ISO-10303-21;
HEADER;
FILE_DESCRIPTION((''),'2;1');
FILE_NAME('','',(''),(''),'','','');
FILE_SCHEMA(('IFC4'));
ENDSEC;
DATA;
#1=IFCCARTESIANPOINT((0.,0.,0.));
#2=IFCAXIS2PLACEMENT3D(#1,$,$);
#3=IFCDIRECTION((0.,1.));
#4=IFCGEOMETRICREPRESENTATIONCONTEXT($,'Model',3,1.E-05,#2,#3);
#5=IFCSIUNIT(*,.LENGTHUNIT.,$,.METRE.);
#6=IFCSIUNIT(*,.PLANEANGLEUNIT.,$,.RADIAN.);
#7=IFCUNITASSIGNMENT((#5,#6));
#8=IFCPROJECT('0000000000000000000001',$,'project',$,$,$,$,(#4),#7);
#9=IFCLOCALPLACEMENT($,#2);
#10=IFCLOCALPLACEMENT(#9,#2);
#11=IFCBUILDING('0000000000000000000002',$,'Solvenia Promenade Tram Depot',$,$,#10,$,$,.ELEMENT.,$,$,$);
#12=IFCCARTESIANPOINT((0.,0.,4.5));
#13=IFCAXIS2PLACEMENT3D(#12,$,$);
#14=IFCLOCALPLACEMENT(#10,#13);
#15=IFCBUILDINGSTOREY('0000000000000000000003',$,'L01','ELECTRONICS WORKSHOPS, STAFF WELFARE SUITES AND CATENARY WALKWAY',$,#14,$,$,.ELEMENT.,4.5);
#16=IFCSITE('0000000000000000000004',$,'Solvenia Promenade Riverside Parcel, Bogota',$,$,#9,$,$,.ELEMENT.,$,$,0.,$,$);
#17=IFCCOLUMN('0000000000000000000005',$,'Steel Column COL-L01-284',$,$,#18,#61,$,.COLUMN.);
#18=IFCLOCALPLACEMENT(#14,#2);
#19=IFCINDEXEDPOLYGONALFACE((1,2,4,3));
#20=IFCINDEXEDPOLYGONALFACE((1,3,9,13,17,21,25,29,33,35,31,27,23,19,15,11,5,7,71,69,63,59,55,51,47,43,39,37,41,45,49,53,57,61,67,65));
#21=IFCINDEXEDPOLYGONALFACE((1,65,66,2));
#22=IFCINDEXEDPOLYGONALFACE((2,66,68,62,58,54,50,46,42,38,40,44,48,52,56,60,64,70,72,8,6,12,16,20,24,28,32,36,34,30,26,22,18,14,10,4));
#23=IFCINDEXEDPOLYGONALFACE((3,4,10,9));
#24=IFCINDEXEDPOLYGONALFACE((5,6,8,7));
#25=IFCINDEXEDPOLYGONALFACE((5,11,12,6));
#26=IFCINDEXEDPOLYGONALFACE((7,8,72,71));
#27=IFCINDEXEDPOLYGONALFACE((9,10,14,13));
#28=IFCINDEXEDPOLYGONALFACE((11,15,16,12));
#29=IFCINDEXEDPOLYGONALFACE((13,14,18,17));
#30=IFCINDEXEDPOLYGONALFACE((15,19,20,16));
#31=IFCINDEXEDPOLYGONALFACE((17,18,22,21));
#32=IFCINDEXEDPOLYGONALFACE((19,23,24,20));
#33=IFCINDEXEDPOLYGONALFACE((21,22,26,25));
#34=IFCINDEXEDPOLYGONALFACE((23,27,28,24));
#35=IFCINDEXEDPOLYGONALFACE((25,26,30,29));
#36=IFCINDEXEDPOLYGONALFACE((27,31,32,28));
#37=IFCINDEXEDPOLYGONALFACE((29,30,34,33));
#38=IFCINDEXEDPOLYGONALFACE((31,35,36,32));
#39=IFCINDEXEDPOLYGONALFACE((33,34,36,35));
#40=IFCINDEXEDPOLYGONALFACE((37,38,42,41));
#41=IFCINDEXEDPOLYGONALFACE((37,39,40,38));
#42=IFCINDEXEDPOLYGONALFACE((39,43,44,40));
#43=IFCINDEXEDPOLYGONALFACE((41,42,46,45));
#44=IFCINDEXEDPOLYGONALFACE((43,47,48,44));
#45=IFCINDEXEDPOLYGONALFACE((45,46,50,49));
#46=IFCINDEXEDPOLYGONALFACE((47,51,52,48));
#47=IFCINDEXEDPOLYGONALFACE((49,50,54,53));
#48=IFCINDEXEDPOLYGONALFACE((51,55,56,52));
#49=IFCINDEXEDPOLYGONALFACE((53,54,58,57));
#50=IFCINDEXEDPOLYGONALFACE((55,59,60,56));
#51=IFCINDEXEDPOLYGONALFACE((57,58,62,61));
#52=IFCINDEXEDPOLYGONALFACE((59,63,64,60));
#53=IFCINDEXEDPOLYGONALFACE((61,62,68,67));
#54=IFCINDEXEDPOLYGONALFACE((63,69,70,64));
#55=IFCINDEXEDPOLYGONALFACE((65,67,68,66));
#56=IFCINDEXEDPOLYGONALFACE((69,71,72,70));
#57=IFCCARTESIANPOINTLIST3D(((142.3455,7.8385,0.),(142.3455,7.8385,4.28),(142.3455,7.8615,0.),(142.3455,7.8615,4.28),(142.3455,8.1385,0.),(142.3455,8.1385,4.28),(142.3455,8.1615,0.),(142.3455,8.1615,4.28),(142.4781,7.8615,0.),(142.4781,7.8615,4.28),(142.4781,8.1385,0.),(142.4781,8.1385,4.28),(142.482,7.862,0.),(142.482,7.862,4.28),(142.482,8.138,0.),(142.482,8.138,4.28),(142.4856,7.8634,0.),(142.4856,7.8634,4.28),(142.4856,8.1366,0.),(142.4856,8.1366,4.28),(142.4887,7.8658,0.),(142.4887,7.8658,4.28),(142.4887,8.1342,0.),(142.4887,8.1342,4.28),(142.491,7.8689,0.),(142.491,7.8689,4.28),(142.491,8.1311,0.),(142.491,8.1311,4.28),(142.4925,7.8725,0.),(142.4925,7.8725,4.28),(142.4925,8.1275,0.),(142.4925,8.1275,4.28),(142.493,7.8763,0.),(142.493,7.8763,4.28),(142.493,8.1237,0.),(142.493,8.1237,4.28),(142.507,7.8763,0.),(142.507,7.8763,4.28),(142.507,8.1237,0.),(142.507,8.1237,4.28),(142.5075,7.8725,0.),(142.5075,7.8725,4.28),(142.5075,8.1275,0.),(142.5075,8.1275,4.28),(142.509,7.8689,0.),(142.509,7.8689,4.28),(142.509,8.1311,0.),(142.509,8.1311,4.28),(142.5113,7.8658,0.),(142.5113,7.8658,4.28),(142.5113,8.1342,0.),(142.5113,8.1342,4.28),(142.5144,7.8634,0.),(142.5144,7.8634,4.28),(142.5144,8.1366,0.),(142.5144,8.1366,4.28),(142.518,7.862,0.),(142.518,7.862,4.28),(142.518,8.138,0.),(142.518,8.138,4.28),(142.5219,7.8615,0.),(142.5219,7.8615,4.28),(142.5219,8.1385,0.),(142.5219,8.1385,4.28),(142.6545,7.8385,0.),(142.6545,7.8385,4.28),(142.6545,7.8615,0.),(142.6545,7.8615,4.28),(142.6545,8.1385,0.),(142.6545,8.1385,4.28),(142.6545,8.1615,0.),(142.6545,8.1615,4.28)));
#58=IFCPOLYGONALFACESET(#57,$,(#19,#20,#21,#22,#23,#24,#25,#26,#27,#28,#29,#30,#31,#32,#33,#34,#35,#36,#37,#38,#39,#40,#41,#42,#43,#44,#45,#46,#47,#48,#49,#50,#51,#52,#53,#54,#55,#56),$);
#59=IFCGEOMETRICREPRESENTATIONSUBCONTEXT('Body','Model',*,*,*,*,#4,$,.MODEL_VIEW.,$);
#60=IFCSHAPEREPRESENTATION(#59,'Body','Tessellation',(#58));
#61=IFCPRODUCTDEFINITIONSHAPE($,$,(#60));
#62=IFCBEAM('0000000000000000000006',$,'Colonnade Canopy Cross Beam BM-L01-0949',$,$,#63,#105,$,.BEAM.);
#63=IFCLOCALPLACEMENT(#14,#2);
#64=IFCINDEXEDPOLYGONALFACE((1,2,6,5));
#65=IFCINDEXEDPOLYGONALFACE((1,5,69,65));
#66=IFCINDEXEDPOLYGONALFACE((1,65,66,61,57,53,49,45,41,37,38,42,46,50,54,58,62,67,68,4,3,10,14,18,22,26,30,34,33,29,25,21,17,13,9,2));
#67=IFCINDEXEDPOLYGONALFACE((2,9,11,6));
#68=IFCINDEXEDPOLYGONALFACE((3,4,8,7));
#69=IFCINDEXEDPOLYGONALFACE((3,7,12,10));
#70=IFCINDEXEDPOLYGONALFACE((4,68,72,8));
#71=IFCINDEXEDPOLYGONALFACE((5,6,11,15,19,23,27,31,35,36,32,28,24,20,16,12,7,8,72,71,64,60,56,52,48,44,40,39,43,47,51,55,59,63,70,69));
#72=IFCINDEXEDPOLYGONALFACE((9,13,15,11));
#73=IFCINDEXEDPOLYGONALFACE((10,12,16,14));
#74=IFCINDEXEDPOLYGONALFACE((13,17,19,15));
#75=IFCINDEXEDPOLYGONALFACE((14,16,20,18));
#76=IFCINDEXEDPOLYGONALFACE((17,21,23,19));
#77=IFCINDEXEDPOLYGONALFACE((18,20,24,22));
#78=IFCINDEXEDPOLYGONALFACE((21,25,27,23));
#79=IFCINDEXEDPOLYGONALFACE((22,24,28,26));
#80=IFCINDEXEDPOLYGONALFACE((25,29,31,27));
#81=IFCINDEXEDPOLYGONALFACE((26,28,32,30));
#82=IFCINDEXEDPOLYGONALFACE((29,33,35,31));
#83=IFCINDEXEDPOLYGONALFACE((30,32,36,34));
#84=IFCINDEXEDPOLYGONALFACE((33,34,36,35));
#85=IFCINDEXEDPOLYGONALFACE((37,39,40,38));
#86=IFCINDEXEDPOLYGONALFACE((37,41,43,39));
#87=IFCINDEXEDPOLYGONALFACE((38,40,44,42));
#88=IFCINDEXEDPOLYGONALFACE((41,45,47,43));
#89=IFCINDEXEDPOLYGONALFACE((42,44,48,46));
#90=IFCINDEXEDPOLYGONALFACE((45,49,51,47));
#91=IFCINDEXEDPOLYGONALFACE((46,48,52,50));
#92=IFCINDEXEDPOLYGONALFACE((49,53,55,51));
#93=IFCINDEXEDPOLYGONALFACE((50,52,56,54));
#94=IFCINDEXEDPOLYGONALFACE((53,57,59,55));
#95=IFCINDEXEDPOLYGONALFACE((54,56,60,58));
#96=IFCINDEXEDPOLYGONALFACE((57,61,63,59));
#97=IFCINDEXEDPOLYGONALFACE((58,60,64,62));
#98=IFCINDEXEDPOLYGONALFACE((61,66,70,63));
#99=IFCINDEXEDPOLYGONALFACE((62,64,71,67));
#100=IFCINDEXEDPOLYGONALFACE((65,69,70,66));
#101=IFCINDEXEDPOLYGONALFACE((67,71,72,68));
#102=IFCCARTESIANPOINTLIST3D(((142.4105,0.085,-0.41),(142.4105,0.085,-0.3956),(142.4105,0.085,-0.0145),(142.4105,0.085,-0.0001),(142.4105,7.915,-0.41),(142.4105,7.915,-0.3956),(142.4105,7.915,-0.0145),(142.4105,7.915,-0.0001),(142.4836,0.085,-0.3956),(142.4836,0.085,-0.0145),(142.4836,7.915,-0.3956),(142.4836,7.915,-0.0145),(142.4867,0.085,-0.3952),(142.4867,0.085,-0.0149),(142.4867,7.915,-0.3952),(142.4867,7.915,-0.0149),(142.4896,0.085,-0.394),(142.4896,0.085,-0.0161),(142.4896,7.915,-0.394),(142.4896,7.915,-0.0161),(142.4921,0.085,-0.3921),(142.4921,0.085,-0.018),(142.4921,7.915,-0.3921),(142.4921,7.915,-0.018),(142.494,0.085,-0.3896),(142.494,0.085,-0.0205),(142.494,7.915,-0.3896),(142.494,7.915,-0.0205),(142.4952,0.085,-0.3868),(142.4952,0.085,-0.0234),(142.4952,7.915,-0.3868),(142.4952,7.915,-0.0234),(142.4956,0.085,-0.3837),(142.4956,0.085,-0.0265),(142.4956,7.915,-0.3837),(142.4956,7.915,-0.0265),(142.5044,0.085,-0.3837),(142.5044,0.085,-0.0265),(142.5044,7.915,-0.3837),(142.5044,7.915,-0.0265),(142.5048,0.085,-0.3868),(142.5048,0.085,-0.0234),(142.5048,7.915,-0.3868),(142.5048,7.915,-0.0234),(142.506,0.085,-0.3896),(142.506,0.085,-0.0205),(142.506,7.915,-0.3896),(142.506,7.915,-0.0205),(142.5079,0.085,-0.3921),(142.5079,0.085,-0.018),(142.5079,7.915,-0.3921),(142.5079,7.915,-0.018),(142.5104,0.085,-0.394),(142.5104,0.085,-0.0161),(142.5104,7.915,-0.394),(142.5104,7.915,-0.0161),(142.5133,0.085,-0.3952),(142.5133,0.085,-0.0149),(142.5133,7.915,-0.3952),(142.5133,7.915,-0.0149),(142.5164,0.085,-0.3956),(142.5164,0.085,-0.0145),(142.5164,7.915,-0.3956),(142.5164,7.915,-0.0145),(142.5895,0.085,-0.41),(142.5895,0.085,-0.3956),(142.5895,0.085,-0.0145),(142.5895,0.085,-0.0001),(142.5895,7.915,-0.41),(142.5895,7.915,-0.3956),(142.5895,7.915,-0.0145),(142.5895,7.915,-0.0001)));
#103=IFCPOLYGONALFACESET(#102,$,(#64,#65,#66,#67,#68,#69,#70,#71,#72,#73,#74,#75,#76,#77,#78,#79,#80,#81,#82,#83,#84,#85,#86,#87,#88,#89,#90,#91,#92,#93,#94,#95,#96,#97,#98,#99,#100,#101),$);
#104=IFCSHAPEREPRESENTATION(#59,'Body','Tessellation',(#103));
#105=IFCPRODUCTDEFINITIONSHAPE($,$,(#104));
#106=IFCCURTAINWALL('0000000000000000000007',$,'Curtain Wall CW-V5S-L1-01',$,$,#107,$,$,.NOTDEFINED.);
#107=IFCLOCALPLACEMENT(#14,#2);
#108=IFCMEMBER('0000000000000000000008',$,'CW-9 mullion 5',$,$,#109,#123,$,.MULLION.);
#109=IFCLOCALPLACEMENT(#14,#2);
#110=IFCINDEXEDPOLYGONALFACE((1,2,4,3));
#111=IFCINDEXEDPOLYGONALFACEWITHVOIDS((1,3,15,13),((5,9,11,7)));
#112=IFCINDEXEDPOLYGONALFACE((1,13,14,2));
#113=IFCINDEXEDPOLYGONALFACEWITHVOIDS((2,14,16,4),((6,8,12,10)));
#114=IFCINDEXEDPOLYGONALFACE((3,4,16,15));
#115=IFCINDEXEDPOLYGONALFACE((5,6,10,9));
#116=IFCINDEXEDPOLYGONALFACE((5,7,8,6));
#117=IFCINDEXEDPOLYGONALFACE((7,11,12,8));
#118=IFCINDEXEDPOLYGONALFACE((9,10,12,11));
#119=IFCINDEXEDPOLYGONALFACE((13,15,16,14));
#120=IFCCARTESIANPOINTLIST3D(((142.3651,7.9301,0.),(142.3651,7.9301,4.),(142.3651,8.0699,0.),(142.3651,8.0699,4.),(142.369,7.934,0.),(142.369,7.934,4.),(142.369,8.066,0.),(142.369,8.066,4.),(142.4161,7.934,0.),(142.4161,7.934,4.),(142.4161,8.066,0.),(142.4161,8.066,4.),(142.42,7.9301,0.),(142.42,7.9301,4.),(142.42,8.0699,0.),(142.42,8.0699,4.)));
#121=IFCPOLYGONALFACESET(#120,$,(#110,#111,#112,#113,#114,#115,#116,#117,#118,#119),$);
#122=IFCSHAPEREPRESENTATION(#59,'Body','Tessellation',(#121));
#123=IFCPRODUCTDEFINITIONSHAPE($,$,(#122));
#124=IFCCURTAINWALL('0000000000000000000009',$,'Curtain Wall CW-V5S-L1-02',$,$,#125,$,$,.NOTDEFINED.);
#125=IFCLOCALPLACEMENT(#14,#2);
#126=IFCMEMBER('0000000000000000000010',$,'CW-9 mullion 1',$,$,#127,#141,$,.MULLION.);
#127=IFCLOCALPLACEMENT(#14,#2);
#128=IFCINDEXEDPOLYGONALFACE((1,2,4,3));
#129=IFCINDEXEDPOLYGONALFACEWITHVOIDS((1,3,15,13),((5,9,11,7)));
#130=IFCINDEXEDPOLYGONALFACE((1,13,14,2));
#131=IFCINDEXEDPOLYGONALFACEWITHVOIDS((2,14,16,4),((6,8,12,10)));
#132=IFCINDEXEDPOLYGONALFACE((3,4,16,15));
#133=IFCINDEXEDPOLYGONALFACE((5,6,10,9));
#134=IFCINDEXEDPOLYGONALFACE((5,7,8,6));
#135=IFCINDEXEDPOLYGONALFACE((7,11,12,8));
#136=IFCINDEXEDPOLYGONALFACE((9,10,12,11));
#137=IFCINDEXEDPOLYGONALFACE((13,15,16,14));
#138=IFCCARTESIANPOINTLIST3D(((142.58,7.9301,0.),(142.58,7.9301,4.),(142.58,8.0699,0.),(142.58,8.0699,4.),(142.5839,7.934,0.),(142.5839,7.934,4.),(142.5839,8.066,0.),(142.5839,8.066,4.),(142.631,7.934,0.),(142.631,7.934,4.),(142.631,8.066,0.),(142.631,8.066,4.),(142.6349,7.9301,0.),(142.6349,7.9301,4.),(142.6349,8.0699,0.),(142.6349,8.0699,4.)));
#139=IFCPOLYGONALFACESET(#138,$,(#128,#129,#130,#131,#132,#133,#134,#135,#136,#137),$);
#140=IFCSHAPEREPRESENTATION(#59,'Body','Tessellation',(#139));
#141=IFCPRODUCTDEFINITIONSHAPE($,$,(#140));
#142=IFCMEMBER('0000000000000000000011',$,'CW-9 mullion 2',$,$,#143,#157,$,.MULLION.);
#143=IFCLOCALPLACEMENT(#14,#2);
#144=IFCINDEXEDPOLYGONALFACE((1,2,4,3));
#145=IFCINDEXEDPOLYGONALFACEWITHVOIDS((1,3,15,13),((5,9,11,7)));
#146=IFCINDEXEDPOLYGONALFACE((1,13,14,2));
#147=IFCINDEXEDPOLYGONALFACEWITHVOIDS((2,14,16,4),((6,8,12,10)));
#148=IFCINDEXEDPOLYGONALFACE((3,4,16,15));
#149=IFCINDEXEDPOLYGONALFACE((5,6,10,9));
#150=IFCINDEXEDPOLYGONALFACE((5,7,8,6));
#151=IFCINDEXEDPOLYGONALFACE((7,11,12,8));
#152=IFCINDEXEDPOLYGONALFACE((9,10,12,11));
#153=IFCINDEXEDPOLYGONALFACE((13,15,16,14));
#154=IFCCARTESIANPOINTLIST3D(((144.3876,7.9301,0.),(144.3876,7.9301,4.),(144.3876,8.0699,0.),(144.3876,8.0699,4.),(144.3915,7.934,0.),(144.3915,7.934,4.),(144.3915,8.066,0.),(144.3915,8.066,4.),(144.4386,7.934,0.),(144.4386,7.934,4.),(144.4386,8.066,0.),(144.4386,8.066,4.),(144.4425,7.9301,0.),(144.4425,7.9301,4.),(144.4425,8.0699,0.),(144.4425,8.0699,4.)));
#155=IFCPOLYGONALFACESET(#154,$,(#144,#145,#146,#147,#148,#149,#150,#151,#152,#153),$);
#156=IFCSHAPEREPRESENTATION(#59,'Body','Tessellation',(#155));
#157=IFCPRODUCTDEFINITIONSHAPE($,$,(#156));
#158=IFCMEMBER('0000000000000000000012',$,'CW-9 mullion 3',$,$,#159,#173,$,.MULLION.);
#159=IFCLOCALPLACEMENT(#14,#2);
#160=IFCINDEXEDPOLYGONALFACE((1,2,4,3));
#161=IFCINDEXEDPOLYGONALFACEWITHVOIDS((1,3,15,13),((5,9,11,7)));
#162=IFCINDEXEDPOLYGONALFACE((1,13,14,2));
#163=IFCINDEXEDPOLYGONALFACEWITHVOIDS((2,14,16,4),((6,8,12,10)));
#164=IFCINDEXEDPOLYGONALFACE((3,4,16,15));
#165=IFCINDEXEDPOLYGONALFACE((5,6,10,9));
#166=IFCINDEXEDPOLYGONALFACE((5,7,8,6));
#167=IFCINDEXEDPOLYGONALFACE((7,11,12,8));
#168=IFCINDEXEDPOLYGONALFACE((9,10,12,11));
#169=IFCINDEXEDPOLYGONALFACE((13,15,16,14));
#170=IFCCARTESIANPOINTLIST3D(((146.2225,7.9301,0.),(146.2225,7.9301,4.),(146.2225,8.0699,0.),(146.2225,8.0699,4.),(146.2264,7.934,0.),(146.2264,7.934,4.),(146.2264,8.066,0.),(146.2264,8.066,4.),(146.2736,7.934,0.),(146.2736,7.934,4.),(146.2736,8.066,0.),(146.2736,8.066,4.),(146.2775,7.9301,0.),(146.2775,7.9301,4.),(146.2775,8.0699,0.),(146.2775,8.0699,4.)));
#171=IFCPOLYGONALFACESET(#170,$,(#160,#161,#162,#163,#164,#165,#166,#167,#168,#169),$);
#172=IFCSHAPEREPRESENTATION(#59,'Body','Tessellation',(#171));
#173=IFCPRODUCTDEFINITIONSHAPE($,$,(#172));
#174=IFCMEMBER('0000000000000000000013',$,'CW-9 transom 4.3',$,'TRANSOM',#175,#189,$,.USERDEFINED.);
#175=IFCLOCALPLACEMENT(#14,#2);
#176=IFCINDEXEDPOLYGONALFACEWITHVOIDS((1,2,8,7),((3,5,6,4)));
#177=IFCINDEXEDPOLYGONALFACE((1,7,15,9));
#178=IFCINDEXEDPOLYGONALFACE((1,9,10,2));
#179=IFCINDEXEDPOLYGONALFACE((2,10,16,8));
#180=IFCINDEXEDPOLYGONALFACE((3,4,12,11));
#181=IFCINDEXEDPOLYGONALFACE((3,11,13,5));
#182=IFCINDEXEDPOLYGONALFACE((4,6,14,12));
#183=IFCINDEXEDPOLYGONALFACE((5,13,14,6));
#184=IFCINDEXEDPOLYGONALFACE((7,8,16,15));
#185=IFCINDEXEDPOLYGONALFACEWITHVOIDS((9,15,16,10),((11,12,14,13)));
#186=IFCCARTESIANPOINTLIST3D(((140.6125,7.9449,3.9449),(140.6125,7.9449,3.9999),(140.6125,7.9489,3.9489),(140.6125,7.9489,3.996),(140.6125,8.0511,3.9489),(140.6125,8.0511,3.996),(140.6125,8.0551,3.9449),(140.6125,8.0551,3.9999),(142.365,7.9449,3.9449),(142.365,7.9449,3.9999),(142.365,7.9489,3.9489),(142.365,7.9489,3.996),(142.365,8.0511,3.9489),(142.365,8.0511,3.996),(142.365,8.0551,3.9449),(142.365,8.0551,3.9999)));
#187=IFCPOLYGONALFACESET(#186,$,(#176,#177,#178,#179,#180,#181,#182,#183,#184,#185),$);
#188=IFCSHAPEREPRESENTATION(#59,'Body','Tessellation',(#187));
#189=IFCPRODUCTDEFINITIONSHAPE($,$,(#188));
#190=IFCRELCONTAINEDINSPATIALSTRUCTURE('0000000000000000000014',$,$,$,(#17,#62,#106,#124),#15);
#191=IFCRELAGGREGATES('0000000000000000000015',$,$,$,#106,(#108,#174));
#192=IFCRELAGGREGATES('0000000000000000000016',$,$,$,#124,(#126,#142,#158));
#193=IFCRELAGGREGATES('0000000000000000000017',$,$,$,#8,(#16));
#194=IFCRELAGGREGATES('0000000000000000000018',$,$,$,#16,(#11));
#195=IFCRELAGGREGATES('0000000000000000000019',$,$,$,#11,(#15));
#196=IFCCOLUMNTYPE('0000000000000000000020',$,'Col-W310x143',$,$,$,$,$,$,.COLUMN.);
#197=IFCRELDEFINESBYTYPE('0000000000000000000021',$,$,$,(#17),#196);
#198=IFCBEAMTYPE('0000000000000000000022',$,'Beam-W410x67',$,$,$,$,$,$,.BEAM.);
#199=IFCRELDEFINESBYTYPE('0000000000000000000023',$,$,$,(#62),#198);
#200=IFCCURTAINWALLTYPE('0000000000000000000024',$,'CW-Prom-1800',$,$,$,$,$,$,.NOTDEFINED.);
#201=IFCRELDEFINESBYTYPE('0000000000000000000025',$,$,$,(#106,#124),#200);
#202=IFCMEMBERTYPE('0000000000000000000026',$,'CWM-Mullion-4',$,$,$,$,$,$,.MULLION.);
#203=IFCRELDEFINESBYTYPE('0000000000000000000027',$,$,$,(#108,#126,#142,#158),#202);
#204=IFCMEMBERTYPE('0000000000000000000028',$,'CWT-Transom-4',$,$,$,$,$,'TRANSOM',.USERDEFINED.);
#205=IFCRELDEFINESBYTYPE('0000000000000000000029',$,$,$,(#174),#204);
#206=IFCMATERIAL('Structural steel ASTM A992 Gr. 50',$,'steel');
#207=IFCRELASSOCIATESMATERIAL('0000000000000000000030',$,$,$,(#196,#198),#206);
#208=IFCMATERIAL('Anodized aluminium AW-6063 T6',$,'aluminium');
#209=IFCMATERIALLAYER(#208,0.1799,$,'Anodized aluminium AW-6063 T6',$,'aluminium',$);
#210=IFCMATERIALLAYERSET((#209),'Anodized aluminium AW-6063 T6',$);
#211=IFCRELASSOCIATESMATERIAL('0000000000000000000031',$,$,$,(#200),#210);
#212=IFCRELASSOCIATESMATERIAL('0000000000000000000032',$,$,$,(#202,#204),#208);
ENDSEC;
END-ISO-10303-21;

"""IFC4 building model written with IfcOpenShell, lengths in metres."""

from ifc_helpers import new_model, si_unit, direction, frame, origin, origin_2d, place, context, subcontext, project, spatial, hollow_rectangle, i_section, extrude, material, layer, layer_set, material_profile, profile_set, type_object, element, aggregate, save


model = new_model("IFC4")

# Units and contexts
model_context = context("Model", 3, precision=1e-05, world=origin(), true_north=direction((0.0, 1.0)))
body_context = subcontext(model_context, "Body", "Model", "MODEL_VIEW")
ifc_project = project(units=[si_unit("LENGTHUNIT", "METRE"), si_unit("PLANEANGLEUNIT", "RADIAN")], contexts=[model_context])

# Site, building, storey
site_placement = place(None, origin())
site = spatial("IfcSite", under=ifc_project, at=site_placement, Name="Solvenia Promenade Riverside Parcel, Bogota", CompositionType="ELEMENT", RefElevation=0.0)
building_placement = place(site_placement, origin())
building = spatial("IfcBuilding", under=site, at=building_placement, Name="Solvenia Promenade Tram Depot", CompositionType="ELEMENT")
storey_placement = place(building_placement, frame((0.0, 0.0, 4.5)))
storey = spatial("IfcBuildingStorey", under=building, at=storey_placement, Name="L01", Description="ELECTRONICS WORKSHOPS, STAFF WELFARE SUITES AND CATENARY WALKWAY", CompositionType="ELEMENT", Elevation=4.5)

# Column
ifc_material_1 = material(Name="Structural steel ASTM A992 Gr. 50", Category="steel")
ifc_material_profile_1 = material_profile(ifc_material_1, i_section(OverallWidth=0.3091, OverallDepth=0.323, WebThickness=0.0139, FlangeThickness=0.0229, FilletRadius=0.0149, at=origin_2d()), Name="W310x143", Category="steel")
ifc_profile_set_1 = profile_set([ifc_material_profile_1], Name="Structural steel ASTM A992 Gr. 50")
column_type = type_object("IfcColumnType", Name="Col-W310x143", PredefinedType="COLUMN", material=ifc_profile_set_1)
column_placement = place(storey_placement, frame((142.5, 8.0, 0.0), z_axis=(0.0, 0.0, 1.0), x_axis=(1.0, 0.0, 0.0)))
element("IfcColumn", 1, at=column_placement, inside=storey, type_object=column_type, Name="Steel Column COL-L01-284", PredefinedType="COLUMN", context=body_context, shape_type="SweptSolid", body=[
    extrude(i_section(OverallWidth=0.3091, OverallDepth=0.323, WebThickness=0.0139, FlangeThickness=0.0229, FilletRadius=0.0149, at=origin_2d()), origin(), (0.0, 0.0, 1.0), 4.28),
])

# Beam
ifc_material_profile_2 = material_profile(ifc_material_1, i_section(OverallWidth=0.179, OverallDepth=0.4099, WebThickness=0.0088, FlangeThickness=0.0144, FilletRadius=0.012, at=origin_2d()), Name="W410x67", Category="steel")
ifc_profile_set_2 = profile_set([ifc_material_profile_2], Name="Structural steel ASTM A992 Gr. 50")
beam_type_1 = type_object("IfcBeamType", Name="Beam-W410x67", PredefinedType="BEAM", material=ifc_profile_set_2)
beam_1_placement = place(storey_placement, frame((142.5, 0.085, -0.2051), z_axis=(0.0, 1.0, 0.0), x_axis=(-1.0, 0.0, 0.0)))
element("IfcBeam", 2, at=beam_1_placement, inside=storey, type_object=beam_type_1, Name="Colonnade Canopy Cross Beam BM-L01-0949", PredefinedType="BEAM", context=body_context, shape_type="SweptSolid", body=[
    extrude(i_section(OverallWidth=0.179, OverallDepth=0.4099, WebThickness=0.0088, FlangeThickness=0.0144, FilletRadius=0.012, at=origin_2d()), origin(), (0.0, 0.0, 1.0), 7.8301),
])

# Curtain wall, member
ifc_material_2 = material(Name="Anodized aluminium AW-6063 T6", Category="aluminium")
ifc_layer_1 = layer(ifc_material_2, 0.1799, Name="Anodized aluminium AW-6063 T6", Category="aluminium")
ifc_layer_set_1 = layer_set([ifc_layer_1], Name="Anodized aluminium AW-6063 T6")
curtain_wall_type = type_object("IfcCurtainWallType", Name="CW-Prom-1800", PredefinedType="NOTDEFINED", material=ifc_layer_set_1)
curtain_wall_1_placement = place(storey_placement, origin())
curtain_wall_1 = element("IfcCurtainWall", 3, at=curtain_wall_1_placement, inside=storey, type_object=curtain_wall_type, Name="Curtain Wall CW-V5S-L1-01", PredefinedType="NOTDEFINED")
ifc_material_profile_3 = material_profile(ifc_material_2, hollow_rectangle(XDim=0.1399, YDim=0.0549, WallThickness=0.0039, at=origin_2d()), Name="ALU-M4", Category="aluminium")
ifc_profile_set_3 = profile_set([ifc_material_profile_3], Name="Anodized aluminium AW-6063 T6")
member_type_1 = type_object("IfcMemberType", Name="CWM-Mullion-4", PredefinedType="MULLION", material=ifc_profile_set_3)
member_1_placement = place(storey_placement, frame((142.3926, 8.0, 0.0), z_axis=(0.0, 0.0, 1.0), x_axis=(0.0, 1.0, 0.0)))
member_1 = element("IfcMember", 4, at=member_1_placement, type_object=member_type_1, Name="CW-9 mullion 5", PredefinedType="MULLION", context=body_context, shape_type="SweptSolid", body=[
    extrude(hollow_rectangle(XDim=0.1399, YDim=0.0549, WallThickness=0.0039, at=origin_2d()), origin(), (0.0, 0.0, 1.0), 4.0),
])

# Curtain wall, members
curtain_wall_2_placement = place(storey_placement, origin())
curtain_wall_2 = element("IfcCurtainWall", 5, at=curtain_wall_2_placement, inside=storey, type_object=curtain_wall_type, Name="Curtain Wall CW-V5S-L1-02", PredefinedType="NOTDEFINED")
member_2_placement = place(storey_placement, frame((142.6074, 8.0, 0.0), z_axis=(0.0, 0.0, 1.0), x_axis=(0.0, 1.0, 0.0)))
member_2 = element("IfcMember", 6, at=member_2_placement, type_object=member_type_1, Name="CW-9 mullion 1", PredefinedType="MULLION", context=body_context, shape_type="SweptSolid", body=[
    extrude(hollow_rectangle(XDim=0.1399, YDim=0.0549, WallThickness=0.0039, at=origin_2d()), origin(), (0.0, 0.0, 1.0), 4.0),
])
member_3_placement = place(storey_placement, frame((144.415, 8.0, 0.0), z_axis=(0.0, 0.0, 1.0), x_axis=(0.0, 1.0, 0.0)))
member_3 = element("IfcMember", 7, at=member_3_placement, type_object=member_type_1, Name="CW-9 mullion 2", PredefinedType="MULLION", context=body_context, shape_type="SweptSolid", body=[
    extrude(hollow_rectangle(XDim=0.1399, YDim=0.0549, WallThickness=0.0039, at=origin_2d()), origin(), (0.0, 0.0, 1.0), 4.0),
])
member_4_placement = place(storey_placement, frame((146.25, 8.0, 0.0), z_axis=(0.0, 0.0, 1.0), x_axis=(0.0, 1.0, 0.0)))
member_4 = element("IfcMember", 8, at=member_4_placement, type_object=member_type_1, Name="CW-9 mullion 3", PredefinedType="MULLION", context=body_context, shape_type="SweptSolid", body=[
    extrude(hollow_rectangle(XDim=0.1399, YDim=0.0549, WallThickness=0.0039, at=origin_2d()), origin(), (0.0, 0.0, 1.0), 4.0),
])

# Member
ifc_material_profile_4 = material_profile(ifc_material_2, hollow_rectangle(XDim=0.1101, YDim=0.0549, WallThickness=0.0039, at=origin_2d()), Name="ALU-T4", Category="aluminium")
ifc_profile_set_4 = profile_set([ifc_material_profile_4], Name="Anodized aluminium AW-6063 T6")
member_type_2 = type_object("IfcMemberType", Name="CWT-Transom-4", ElementType="TRANSOM", PredefinedType="USERDEFINED", material=ifc_profile_set_4)
member_5_placement = place(storey_placement, frame((140.6125, 8.0, 3.9724), z_axis=(1.0, 0.0, 0.0), x_axis=(0.0, 1.0, 0.0)))
member_5 = element("IfcMember", 9, at=member_5_placement, type_object=member_type_2, Name="CW-9 transom 4.3", ObjectType="TRANSOM", PredefinedType="USERDEFINED", context=body_context, shape_type="SweptSolid", body=[
    extrude(hollow_rectangle(XDim=0.1101, YDim=0.0549, WallThickness=0.0039, at=origin_2d()), origin(), (0.0, 0.0, 1.0), 1.7524),
])

aggregate(curtain_wall_1, [member_1, member_5])
aggregate(curtain_wall_2, [member_2, member_3, member_4])

save(model, "model.ifc")
